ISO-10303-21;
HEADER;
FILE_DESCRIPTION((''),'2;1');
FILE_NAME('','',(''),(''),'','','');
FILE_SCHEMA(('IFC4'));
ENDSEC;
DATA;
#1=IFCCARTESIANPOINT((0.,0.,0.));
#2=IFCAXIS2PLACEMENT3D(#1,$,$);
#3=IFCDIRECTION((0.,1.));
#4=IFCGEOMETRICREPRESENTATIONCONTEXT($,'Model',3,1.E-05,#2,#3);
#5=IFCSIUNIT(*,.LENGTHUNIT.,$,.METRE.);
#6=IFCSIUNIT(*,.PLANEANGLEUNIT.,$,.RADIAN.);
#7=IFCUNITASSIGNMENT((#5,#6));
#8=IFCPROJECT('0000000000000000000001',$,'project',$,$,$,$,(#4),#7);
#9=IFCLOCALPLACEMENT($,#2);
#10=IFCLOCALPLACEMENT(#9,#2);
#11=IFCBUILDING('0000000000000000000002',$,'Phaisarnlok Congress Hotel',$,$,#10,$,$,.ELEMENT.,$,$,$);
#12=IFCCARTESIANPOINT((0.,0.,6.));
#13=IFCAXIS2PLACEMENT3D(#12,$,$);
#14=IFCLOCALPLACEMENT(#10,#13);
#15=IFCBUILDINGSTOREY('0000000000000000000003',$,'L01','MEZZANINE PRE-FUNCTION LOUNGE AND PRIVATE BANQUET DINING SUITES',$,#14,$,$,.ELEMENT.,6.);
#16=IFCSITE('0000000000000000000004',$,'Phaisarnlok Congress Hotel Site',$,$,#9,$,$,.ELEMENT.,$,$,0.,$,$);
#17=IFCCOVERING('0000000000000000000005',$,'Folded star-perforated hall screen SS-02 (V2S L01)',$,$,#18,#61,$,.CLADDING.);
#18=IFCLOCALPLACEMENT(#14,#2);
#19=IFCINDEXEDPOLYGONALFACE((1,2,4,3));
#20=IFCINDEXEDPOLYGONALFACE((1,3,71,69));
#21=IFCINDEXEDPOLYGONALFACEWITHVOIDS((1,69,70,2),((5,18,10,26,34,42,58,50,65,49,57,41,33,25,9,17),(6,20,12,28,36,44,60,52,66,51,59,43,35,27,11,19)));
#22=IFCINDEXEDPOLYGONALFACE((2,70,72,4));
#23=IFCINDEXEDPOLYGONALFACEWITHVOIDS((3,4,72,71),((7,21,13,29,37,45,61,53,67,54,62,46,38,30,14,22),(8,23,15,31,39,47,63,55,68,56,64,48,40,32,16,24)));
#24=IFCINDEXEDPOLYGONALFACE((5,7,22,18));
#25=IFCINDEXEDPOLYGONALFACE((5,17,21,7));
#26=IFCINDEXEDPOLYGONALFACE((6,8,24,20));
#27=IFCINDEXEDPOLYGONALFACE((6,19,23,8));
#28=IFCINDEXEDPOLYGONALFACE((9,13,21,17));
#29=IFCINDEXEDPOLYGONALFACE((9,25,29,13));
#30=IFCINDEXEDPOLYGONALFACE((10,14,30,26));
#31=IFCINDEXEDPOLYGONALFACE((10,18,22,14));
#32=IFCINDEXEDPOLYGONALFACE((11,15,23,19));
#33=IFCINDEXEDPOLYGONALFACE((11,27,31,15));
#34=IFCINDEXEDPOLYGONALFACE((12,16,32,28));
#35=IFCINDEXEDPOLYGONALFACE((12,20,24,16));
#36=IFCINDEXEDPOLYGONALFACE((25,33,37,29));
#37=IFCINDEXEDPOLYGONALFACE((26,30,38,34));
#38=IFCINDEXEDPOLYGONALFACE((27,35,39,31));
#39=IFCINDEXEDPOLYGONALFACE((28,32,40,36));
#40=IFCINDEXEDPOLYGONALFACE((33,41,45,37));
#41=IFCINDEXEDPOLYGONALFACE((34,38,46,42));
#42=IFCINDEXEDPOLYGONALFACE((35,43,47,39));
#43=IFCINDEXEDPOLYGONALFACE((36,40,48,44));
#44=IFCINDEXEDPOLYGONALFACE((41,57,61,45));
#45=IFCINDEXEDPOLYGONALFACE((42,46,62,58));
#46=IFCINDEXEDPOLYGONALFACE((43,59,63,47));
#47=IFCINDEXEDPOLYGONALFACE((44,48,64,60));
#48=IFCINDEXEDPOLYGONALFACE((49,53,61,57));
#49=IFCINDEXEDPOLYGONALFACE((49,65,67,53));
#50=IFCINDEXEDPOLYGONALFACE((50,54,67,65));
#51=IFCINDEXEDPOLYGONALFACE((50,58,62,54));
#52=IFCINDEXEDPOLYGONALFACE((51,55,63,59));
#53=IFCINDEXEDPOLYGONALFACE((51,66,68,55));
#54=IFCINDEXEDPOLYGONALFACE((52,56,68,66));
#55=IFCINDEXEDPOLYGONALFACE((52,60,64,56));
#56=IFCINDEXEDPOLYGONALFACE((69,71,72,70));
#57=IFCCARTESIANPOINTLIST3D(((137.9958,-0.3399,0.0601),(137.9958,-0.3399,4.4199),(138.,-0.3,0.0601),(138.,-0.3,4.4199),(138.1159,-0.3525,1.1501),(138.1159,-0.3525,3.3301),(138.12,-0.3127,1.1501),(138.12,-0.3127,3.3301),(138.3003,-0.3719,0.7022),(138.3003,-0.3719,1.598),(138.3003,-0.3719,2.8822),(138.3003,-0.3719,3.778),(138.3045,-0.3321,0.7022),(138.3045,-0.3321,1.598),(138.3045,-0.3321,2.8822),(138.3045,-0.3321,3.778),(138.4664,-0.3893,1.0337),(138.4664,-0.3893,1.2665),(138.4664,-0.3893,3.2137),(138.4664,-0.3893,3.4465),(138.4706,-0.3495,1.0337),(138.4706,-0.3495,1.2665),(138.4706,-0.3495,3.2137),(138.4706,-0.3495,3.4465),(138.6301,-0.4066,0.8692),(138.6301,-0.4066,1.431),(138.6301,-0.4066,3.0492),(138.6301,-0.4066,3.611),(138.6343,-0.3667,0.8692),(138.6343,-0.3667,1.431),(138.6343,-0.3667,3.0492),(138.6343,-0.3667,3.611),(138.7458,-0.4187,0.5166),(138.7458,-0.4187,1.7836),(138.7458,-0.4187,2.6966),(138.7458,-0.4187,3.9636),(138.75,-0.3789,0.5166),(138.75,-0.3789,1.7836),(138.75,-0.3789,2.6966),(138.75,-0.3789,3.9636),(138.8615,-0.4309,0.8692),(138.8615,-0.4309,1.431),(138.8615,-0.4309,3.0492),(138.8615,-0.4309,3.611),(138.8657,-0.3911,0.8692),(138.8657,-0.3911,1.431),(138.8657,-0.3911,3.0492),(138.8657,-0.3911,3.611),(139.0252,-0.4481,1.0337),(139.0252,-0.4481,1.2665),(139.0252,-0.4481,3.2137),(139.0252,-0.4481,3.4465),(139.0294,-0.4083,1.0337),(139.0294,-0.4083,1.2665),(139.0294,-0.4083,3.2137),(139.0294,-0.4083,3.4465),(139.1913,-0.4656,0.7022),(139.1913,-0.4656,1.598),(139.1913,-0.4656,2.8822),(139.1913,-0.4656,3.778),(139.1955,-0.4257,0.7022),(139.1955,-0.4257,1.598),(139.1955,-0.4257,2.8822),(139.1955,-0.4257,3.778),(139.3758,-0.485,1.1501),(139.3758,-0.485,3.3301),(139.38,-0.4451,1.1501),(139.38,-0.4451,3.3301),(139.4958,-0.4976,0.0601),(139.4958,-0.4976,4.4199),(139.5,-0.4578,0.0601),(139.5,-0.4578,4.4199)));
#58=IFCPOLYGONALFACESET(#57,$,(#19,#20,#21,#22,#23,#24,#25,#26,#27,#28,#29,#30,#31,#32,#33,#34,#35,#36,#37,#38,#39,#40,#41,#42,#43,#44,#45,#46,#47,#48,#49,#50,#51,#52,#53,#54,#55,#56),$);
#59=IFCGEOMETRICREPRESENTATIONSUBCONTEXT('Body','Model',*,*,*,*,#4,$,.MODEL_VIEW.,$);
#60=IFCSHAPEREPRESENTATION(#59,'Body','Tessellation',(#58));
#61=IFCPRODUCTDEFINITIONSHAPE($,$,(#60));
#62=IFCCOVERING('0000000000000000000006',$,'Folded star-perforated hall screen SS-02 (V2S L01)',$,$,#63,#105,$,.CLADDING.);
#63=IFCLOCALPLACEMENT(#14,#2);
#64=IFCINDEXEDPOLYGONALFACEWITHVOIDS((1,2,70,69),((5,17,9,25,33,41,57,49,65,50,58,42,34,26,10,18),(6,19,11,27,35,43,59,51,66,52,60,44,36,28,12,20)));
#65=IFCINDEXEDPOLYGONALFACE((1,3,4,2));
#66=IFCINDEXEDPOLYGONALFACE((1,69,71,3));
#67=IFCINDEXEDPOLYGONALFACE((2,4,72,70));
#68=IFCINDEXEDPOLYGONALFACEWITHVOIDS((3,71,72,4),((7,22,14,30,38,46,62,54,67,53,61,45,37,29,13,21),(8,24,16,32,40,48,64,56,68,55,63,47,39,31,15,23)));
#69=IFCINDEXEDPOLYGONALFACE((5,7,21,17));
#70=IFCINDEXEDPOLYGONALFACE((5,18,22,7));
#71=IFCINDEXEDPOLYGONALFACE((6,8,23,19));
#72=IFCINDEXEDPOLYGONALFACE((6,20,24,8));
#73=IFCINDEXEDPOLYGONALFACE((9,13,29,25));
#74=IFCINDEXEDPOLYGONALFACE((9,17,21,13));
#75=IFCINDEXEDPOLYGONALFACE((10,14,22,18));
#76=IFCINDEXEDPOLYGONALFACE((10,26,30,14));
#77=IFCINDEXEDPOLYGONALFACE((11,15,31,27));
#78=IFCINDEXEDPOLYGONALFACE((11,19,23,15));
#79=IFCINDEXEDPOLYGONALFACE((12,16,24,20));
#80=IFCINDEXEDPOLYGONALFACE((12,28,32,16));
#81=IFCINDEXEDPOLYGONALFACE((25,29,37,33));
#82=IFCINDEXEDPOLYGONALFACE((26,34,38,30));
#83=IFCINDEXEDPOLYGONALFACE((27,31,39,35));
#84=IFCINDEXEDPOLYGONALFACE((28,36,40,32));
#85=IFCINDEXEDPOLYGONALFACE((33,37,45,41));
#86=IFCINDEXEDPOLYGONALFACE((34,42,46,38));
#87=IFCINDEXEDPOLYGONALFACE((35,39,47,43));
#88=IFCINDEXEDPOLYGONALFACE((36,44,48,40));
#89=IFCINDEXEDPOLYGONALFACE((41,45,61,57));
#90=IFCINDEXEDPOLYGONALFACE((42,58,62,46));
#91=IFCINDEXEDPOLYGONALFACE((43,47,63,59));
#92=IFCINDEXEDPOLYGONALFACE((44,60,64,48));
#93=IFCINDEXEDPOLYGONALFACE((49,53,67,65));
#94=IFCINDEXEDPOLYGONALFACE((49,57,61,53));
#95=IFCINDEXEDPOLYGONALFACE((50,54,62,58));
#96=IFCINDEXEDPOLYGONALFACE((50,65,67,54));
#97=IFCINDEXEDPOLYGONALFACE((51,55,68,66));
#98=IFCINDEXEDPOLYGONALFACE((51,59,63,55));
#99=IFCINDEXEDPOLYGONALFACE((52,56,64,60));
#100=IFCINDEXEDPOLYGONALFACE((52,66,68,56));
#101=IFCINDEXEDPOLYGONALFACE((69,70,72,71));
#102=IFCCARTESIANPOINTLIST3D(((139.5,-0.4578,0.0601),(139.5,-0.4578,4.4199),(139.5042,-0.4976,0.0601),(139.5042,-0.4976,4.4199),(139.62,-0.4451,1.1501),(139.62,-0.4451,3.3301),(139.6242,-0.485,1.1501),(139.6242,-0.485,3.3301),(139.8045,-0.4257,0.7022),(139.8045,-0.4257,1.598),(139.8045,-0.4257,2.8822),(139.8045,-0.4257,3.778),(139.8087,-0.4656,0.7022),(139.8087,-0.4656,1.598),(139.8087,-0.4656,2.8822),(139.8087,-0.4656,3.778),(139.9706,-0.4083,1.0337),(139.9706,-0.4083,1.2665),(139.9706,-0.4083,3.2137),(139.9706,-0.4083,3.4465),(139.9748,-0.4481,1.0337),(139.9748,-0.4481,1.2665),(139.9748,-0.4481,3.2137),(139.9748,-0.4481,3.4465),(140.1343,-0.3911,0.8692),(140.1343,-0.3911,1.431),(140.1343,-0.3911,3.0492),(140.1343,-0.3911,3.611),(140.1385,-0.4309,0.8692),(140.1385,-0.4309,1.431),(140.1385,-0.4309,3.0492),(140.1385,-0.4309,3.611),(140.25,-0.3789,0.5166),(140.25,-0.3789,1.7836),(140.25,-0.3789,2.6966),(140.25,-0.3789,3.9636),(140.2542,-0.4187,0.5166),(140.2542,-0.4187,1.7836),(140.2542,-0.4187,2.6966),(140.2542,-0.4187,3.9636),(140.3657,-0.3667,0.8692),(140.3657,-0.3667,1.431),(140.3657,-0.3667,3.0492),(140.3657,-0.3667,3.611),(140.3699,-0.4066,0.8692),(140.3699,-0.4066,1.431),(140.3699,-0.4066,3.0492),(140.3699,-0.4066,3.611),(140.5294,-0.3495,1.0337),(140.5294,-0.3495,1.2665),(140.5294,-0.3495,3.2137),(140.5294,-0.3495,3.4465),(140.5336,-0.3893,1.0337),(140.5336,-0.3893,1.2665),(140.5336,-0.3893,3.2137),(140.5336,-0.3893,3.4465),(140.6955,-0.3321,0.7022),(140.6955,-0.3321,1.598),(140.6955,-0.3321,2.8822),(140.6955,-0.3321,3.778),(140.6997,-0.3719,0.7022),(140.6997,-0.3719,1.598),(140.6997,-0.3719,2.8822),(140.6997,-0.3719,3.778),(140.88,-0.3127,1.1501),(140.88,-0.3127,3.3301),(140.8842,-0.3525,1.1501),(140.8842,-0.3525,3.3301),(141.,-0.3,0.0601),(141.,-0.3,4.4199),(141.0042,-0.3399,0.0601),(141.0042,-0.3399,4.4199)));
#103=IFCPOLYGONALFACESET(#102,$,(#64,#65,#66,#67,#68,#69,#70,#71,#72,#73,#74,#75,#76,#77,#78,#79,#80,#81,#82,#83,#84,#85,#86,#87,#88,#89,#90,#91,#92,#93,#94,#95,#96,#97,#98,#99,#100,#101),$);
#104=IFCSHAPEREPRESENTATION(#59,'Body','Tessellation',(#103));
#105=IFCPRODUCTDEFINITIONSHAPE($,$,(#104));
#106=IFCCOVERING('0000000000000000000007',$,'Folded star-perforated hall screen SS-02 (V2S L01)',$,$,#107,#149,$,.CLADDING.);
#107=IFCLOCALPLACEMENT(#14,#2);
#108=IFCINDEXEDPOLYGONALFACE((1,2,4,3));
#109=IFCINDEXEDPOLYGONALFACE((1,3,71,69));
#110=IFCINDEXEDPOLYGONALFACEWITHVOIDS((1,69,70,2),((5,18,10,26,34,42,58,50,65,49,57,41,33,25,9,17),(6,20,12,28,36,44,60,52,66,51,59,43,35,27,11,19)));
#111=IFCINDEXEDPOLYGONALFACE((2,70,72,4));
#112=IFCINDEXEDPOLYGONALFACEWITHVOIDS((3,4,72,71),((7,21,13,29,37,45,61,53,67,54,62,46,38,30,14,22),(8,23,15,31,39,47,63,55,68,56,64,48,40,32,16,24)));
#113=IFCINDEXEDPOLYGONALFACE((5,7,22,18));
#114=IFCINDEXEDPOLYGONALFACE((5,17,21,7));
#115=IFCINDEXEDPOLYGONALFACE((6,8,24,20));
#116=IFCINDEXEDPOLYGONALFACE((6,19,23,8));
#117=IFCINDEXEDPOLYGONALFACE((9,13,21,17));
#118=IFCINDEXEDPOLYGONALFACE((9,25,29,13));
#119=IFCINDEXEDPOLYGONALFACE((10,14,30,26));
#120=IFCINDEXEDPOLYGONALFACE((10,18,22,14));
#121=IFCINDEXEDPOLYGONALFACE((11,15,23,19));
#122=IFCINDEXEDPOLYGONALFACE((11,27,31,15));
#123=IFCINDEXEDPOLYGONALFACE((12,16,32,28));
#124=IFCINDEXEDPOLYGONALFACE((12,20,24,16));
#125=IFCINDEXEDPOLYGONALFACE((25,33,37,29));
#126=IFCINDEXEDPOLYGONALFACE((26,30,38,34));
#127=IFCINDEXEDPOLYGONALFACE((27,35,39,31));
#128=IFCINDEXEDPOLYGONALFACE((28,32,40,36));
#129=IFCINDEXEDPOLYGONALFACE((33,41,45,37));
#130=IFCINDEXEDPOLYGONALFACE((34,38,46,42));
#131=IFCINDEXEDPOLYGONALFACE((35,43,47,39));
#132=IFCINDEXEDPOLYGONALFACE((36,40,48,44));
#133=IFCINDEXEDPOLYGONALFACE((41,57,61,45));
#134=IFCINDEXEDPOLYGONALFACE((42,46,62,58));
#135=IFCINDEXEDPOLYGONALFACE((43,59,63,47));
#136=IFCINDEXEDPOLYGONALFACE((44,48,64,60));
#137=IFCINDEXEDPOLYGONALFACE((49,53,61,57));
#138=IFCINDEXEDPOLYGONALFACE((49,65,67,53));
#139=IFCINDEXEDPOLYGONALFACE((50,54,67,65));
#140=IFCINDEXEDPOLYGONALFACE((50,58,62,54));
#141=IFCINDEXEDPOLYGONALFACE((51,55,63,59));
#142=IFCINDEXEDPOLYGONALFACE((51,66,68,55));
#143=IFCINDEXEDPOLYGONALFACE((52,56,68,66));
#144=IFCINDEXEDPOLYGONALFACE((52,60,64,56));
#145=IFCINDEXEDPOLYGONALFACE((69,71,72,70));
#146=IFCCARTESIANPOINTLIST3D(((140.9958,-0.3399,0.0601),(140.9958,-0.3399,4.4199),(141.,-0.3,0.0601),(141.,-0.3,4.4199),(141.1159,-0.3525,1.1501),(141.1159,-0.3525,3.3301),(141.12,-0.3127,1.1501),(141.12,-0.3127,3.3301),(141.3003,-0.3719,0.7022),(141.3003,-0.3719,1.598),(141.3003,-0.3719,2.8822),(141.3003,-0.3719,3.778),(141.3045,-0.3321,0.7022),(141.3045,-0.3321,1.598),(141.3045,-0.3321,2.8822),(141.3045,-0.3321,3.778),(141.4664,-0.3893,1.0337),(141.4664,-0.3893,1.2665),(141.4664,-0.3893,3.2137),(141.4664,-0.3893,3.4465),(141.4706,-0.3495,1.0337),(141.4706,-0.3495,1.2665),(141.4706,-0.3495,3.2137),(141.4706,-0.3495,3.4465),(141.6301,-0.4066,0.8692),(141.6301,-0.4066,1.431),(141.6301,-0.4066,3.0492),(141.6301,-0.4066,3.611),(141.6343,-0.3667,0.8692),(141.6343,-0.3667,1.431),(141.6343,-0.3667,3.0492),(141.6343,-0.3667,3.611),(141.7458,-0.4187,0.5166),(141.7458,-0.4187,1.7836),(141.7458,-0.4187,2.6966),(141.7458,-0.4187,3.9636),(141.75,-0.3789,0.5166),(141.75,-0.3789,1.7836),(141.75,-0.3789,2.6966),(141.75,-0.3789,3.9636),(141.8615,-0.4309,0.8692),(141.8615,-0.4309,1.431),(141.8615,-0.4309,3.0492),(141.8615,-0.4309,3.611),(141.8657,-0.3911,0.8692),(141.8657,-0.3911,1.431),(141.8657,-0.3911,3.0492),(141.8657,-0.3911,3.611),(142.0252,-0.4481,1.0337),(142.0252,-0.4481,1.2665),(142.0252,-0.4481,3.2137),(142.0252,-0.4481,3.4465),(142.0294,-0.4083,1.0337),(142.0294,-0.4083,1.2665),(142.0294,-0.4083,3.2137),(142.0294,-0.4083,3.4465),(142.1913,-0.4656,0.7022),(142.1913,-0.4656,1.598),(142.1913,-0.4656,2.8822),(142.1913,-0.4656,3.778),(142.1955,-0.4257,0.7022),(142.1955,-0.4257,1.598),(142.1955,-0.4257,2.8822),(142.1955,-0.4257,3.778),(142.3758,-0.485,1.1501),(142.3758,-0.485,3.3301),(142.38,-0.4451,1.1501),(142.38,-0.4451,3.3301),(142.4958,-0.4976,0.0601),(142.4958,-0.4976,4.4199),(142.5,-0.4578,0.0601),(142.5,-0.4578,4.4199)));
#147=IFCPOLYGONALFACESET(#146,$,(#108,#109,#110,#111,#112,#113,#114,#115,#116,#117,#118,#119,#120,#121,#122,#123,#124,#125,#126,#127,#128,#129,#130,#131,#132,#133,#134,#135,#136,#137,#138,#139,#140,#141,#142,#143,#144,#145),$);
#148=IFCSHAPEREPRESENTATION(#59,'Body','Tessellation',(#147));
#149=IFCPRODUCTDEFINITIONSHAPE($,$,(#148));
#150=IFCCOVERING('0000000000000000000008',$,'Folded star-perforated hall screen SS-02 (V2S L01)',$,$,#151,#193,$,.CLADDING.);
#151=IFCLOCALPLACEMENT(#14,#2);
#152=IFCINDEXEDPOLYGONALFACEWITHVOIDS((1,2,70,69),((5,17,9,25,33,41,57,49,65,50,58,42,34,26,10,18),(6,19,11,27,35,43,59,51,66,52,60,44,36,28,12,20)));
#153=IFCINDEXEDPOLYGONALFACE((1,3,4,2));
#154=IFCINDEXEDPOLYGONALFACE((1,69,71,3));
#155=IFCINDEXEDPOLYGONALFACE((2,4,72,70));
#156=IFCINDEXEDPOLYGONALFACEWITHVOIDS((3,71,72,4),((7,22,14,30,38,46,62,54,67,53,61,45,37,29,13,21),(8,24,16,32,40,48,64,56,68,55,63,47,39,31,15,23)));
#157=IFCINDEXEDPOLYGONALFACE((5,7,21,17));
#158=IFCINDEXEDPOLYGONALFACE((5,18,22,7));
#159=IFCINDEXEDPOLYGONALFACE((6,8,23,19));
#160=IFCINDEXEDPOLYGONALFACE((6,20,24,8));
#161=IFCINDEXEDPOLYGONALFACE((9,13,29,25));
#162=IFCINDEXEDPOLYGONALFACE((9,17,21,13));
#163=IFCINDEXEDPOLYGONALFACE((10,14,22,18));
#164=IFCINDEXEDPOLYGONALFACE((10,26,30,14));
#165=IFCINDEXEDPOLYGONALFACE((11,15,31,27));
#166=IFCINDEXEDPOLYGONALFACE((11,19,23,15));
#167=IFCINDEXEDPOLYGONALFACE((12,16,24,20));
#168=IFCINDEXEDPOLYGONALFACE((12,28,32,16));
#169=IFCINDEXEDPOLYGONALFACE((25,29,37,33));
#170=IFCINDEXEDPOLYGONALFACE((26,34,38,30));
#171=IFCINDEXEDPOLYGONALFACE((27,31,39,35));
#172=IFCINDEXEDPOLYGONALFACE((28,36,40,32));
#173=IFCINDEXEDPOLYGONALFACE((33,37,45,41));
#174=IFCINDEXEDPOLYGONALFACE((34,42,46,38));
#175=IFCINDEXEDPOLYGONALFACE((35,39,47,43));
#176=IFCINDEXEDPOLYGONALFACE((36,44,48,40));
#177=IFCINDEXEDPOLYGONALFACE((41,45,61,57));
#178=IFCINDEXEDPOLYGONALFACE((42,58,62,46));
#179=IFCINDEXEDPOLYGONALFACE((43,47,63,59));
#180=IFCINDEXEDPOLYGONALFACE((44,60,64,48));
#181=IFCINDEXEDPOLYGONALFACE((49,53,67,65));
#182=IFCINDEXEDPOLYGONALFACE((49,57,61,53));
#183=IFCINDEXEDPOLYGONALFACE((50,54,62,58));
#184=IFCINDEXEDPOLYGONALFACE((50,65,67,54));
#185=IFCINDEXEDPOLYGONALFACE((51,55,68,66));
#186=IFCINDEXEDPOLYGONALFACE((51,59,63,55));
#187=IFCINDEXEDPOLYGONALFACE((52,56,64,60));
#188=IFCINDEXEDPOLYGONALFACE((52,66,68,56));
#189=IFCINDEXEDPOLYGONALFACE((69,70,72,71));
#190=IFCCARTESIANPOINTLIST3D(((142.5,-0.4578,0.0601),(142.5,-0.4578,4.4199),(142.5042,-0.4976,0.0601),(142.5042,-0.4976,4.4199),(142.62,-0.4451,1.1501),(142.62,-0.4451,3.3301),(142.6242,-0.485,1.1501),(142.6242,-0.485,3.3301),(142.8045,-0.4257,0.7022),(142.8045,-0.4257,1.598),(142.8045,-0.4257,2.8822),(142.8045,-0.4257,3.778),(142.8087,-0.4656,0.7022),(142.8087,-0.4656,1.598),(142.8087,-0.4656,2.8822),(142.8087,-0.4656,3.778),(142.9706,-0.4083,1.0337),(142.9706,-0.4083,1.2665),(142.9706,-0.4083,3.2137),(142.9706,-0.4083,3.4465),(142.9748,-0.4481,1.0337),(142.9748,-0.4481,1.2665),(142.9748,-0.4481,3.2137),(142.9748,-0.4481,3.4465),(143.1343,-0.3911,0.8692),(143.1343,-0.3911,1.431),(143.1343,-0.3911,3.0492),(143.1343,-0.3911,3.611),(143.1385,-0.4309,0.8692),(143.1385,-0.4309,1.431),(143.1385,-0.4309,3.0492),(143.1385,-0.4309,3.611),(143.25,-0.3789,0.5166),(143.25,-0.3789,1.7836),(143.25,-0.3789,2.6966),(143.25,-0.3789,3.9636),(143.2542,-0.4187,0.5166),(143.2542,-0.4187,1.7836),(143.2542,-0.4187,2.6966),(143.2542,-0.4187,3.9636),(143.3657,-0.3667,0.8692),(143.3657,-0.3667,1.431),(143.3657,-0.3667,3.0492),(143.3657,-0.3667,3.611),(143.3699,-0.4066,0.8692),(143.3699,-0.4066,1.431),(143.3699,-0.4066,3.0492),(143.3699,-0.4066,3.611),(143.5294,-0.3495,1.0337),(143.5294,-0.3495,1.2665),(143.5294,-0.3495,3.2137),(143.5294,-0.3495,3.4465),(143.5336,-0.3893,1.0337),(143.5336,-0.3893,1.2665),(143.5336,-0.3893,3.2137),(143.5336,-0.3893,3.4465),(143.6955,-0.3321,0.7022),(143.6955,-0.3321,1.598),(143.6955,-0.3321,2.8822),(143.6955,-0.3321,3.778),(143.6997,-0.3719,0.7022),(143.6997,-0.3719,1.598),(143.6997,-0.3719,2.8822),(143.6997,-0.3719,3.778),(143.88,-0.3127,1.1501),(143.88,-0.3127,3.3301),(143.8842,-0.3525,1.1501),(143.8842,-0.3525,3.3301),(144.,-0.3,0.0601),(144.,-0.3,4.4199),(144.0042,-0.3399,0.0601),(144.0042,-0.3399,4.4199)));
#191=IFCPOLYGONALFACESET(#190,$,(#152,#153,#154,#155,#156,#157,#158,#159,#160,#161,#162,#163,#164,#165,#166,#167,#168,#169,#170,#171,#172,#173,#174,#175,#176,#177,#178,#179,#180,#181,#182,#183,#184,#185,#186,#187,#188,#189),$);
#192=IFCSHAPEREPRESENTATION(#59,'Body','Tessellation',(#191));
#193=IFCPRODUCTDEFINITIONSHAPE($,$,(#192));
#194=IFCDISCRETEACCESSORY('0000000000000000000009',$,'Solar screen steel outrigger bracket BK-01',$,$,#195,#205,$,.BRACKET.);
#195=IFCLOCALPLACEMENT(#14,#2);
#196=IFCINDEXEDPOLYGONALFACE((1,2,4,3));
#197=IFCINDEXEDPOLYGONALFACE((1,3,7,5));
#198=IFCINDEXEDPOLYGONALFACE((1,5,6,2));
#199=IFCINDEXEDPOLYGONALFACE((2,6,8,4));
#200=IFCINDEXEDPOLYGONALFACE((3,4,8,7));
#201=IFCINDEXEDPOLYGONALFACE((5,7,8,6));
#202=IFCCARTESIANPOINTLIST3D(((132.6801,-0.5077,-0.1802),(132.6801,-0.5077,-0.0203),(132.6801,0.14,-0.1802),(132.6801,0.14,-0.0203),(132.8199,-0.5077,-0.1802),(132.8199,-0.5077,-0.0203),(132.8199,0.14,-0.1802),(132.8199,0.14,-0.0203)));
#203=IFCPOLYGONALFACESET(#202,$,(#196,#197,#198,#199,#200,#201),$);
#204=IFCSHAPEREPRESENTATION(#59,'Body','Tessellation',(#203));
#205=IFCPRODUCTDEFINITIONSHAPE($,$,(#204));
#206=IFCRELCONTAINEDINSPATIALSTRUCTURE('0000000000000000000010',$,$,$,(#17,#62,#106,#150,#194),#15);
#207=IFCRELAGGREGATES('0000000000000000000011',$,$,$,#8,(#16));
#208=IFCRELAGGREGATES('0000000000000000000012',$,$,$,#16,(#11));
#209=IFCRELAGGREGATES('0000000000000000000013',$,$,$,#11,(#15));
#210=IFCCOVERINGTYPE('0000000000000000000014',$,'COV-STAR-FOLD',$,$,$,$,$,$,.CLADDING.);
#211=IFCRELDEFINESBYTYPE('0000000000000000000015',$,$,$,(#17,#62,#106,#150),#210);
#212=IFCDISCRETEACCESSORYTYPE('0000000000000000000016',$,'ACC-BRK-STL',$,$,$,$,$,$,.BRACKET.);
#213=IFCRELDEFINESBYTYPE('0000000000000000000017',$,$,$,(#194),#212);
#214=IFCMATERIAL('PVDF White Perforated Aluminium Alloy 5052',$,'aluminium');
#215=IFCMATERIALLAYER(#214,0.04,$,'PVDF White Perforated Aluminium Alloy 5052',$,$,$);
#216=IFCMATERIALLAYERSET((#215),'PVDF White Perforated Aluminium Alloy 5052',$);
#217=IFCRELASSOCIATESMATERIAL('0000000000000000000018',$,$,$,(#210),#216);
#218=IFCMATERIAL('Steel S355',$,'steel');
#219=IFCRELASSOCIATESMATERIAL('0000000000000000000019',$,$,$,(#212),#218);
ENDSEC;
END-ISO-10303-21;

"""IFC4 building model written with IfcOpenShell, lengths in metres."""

from ifc_helpers import new_model, si_unit, direction, frame, origin, origin_2d, place, context, subcontext, project, spatial, polyline, rectangle, outline, extrude, material, layer, layer_set, type_object, element, save


model = new_model("IFC4")

# Units and contexts
model_context = context("Model", 3, precision=1e-05, world=origin(), true_north=direction((0.0, 1.0)))
body_context = subcontext(model_context, "Body", "Model", "MODEL_VIEW")
ifc_project = project(units=[si_unit("LENGTHUNIT", "METRE"), si_unit("PLANEANGLEUNIT", "RADIAN")], contexts=[model_context])

# Site, building, storey
site_placement = place(None, origin())
site = spatial("IfcSite", under=ifc_project, at=site_placement, Name="Phaisarnlok Congress Hotel Site", CompositionType="ELEMENT", RefElevation=0.0)
building_placement = place(site_placement, origin())
building = spatial("IfcBuilding", under=site, at=building_placement, Name="Phaisarnlok Congress Hotel", CompositionType="ELEMENT")
storey_placement = place(building_placement, frame((0.0, 0.0, 6.0)))
storey = spatial("IfcBuildingStorey", under=building, at=storey_placement, Name="L01", Description="MEZZANINE PRE-FUNCTION LOUNGE AND PRIVATE BANQUET DINING SUITES", CompositionType="ELEMENT", Elevation=6.0)

# Coverings
ifc_material_1 = material(Name="PVDF White Perforated Aluminium Alloy 5052", Category="aluminium")
ifc_layer_1 = layer(ifc_material_1, 0.04, Name="PVDF White Perforated Aluminium Alloy 5052")
ifc_layer_set_1 = layer_set([ifc_layer_1], Name="PVDF White Perforated Aluminium Alloy 5052")
covering_type = type_object("IfcCoveringType", Name="COV-STAR-FOLD", PredefinedType="CLADDING", material=ifc_layer_set_1)
for number, where, z_axis, x_axis, name in (
    (1, (138.0, -0.3, 0.0601), (-0.104567, -0.994518, 0.0), (0.994518, -0.104567, 0.0), "Folded star-perforated hall screen SS-02 (V2S L01)"),
    (2, (139.5, -0.4578, 0.0601), (0.104567, -0.994518, 0.0), (0.994518, 0.104567, 0.0), "Folded star-perforated hall screen SS-02 (V2S L01)"),
    (3, (141.0, -0.3, 0.0601), (-0.104567, -0.994518, 0.0), (0.994518, -0.104567, 0.0), "Folded star-perforated hall screen SS-02 (V2S L01)"),
    (4, (142.5, -0.4578, 0.0601), (0.104567, -0.994518, 0.0), (0.994518, 0.104567, 0.0), "Folded star-perforated hall screen SS-02 (V2S L01)"),
):
    element("IfcCovering", number, at=place(storey_placement, frame(where, z_axis=z_axis, x_axis=x_axis)), inside=storey, type_object=covering_type, Name=name, PredefinedType="CLADDING", context=body_context, shape_type="SweptSolid", body=[
        extrude(outline(polyline([(0.0, 0.0), (1.5083, 0.0), (1.5083, 4.3599), (0.0, 4.3599), (0.0, 0.0)]), holes=[polyline([(1.0351, 0.9736), (1.2021, 0.6421), (0.8705, 0.8091), (0.7541, 0.4565), (0.6378, 0.8091), (0.3062, 0.6421), (0.4732, 0.9736), (0.1207, 1.09), (0.4732, 1.2064), (0.3062, 1.5379), (0.6378, 1.3709), (0.7541, 1.7235), (0.8705, 1.3709), (1.2021, 1.5379), (1.0351, 1.2064), (1.3876, 1.09), (1.0351, 0.9736)]), polyline([(1.0351, 3.1536), (1.2021, 2.8221), (0.8705, 2.9891), (0.7541, 2.6365), (0.6378, 2.9891), (0.3062, 2.8221), (0.4732, 3.1536), (0.1207, 3.27), (0.4732, 3.3864), (0.3062, 3.7179), (0.6378, 3.5509), (0.7541, 3.9035), (0.8705, 3.5509), (1.2021, 3.7179), (1.0351, 3.3864), (1.3876, 3.27), (1.0351, 3.1536)])]), origin(), (0.0, 0.0, 1.0), 0.04),
    ])

# Discrete accessory
ifc_material_2 = material(Name="Steel S355", Category="steel")
discrete_accessory_type = type_object("IfcDiscreteAccessoryType", Name="ACC-BRK-STL", PredefinedType="BRACKET", material=ifc_material_2)
for number, where, z_axis, x_axis, name in (
    (5, (132.75, -0.1838, -0.1802), (0.0, 0.0, 1.0), (1.0, 0.0, 0.0), "Solar screen steel outrigger bracket BK-01"),
):
    element("IfcDiscreteAccessory", number, at=place(storey_placement, frame(where, z_axis=z_axis, x_axis=x_axis)), inside=storey, type_object=discrete_accessory_type, Name=name, PredefinedType="BRACKET", context=body_context, shape_type="SweptSolid", body=[
        extrude(rectangle(XDim=0.1399, YDim=0.6477, at=origin_2d()), origin(), (0.0, 0.0, 1.0), 0.1599),
    ])

save(model, "model.ifc")
